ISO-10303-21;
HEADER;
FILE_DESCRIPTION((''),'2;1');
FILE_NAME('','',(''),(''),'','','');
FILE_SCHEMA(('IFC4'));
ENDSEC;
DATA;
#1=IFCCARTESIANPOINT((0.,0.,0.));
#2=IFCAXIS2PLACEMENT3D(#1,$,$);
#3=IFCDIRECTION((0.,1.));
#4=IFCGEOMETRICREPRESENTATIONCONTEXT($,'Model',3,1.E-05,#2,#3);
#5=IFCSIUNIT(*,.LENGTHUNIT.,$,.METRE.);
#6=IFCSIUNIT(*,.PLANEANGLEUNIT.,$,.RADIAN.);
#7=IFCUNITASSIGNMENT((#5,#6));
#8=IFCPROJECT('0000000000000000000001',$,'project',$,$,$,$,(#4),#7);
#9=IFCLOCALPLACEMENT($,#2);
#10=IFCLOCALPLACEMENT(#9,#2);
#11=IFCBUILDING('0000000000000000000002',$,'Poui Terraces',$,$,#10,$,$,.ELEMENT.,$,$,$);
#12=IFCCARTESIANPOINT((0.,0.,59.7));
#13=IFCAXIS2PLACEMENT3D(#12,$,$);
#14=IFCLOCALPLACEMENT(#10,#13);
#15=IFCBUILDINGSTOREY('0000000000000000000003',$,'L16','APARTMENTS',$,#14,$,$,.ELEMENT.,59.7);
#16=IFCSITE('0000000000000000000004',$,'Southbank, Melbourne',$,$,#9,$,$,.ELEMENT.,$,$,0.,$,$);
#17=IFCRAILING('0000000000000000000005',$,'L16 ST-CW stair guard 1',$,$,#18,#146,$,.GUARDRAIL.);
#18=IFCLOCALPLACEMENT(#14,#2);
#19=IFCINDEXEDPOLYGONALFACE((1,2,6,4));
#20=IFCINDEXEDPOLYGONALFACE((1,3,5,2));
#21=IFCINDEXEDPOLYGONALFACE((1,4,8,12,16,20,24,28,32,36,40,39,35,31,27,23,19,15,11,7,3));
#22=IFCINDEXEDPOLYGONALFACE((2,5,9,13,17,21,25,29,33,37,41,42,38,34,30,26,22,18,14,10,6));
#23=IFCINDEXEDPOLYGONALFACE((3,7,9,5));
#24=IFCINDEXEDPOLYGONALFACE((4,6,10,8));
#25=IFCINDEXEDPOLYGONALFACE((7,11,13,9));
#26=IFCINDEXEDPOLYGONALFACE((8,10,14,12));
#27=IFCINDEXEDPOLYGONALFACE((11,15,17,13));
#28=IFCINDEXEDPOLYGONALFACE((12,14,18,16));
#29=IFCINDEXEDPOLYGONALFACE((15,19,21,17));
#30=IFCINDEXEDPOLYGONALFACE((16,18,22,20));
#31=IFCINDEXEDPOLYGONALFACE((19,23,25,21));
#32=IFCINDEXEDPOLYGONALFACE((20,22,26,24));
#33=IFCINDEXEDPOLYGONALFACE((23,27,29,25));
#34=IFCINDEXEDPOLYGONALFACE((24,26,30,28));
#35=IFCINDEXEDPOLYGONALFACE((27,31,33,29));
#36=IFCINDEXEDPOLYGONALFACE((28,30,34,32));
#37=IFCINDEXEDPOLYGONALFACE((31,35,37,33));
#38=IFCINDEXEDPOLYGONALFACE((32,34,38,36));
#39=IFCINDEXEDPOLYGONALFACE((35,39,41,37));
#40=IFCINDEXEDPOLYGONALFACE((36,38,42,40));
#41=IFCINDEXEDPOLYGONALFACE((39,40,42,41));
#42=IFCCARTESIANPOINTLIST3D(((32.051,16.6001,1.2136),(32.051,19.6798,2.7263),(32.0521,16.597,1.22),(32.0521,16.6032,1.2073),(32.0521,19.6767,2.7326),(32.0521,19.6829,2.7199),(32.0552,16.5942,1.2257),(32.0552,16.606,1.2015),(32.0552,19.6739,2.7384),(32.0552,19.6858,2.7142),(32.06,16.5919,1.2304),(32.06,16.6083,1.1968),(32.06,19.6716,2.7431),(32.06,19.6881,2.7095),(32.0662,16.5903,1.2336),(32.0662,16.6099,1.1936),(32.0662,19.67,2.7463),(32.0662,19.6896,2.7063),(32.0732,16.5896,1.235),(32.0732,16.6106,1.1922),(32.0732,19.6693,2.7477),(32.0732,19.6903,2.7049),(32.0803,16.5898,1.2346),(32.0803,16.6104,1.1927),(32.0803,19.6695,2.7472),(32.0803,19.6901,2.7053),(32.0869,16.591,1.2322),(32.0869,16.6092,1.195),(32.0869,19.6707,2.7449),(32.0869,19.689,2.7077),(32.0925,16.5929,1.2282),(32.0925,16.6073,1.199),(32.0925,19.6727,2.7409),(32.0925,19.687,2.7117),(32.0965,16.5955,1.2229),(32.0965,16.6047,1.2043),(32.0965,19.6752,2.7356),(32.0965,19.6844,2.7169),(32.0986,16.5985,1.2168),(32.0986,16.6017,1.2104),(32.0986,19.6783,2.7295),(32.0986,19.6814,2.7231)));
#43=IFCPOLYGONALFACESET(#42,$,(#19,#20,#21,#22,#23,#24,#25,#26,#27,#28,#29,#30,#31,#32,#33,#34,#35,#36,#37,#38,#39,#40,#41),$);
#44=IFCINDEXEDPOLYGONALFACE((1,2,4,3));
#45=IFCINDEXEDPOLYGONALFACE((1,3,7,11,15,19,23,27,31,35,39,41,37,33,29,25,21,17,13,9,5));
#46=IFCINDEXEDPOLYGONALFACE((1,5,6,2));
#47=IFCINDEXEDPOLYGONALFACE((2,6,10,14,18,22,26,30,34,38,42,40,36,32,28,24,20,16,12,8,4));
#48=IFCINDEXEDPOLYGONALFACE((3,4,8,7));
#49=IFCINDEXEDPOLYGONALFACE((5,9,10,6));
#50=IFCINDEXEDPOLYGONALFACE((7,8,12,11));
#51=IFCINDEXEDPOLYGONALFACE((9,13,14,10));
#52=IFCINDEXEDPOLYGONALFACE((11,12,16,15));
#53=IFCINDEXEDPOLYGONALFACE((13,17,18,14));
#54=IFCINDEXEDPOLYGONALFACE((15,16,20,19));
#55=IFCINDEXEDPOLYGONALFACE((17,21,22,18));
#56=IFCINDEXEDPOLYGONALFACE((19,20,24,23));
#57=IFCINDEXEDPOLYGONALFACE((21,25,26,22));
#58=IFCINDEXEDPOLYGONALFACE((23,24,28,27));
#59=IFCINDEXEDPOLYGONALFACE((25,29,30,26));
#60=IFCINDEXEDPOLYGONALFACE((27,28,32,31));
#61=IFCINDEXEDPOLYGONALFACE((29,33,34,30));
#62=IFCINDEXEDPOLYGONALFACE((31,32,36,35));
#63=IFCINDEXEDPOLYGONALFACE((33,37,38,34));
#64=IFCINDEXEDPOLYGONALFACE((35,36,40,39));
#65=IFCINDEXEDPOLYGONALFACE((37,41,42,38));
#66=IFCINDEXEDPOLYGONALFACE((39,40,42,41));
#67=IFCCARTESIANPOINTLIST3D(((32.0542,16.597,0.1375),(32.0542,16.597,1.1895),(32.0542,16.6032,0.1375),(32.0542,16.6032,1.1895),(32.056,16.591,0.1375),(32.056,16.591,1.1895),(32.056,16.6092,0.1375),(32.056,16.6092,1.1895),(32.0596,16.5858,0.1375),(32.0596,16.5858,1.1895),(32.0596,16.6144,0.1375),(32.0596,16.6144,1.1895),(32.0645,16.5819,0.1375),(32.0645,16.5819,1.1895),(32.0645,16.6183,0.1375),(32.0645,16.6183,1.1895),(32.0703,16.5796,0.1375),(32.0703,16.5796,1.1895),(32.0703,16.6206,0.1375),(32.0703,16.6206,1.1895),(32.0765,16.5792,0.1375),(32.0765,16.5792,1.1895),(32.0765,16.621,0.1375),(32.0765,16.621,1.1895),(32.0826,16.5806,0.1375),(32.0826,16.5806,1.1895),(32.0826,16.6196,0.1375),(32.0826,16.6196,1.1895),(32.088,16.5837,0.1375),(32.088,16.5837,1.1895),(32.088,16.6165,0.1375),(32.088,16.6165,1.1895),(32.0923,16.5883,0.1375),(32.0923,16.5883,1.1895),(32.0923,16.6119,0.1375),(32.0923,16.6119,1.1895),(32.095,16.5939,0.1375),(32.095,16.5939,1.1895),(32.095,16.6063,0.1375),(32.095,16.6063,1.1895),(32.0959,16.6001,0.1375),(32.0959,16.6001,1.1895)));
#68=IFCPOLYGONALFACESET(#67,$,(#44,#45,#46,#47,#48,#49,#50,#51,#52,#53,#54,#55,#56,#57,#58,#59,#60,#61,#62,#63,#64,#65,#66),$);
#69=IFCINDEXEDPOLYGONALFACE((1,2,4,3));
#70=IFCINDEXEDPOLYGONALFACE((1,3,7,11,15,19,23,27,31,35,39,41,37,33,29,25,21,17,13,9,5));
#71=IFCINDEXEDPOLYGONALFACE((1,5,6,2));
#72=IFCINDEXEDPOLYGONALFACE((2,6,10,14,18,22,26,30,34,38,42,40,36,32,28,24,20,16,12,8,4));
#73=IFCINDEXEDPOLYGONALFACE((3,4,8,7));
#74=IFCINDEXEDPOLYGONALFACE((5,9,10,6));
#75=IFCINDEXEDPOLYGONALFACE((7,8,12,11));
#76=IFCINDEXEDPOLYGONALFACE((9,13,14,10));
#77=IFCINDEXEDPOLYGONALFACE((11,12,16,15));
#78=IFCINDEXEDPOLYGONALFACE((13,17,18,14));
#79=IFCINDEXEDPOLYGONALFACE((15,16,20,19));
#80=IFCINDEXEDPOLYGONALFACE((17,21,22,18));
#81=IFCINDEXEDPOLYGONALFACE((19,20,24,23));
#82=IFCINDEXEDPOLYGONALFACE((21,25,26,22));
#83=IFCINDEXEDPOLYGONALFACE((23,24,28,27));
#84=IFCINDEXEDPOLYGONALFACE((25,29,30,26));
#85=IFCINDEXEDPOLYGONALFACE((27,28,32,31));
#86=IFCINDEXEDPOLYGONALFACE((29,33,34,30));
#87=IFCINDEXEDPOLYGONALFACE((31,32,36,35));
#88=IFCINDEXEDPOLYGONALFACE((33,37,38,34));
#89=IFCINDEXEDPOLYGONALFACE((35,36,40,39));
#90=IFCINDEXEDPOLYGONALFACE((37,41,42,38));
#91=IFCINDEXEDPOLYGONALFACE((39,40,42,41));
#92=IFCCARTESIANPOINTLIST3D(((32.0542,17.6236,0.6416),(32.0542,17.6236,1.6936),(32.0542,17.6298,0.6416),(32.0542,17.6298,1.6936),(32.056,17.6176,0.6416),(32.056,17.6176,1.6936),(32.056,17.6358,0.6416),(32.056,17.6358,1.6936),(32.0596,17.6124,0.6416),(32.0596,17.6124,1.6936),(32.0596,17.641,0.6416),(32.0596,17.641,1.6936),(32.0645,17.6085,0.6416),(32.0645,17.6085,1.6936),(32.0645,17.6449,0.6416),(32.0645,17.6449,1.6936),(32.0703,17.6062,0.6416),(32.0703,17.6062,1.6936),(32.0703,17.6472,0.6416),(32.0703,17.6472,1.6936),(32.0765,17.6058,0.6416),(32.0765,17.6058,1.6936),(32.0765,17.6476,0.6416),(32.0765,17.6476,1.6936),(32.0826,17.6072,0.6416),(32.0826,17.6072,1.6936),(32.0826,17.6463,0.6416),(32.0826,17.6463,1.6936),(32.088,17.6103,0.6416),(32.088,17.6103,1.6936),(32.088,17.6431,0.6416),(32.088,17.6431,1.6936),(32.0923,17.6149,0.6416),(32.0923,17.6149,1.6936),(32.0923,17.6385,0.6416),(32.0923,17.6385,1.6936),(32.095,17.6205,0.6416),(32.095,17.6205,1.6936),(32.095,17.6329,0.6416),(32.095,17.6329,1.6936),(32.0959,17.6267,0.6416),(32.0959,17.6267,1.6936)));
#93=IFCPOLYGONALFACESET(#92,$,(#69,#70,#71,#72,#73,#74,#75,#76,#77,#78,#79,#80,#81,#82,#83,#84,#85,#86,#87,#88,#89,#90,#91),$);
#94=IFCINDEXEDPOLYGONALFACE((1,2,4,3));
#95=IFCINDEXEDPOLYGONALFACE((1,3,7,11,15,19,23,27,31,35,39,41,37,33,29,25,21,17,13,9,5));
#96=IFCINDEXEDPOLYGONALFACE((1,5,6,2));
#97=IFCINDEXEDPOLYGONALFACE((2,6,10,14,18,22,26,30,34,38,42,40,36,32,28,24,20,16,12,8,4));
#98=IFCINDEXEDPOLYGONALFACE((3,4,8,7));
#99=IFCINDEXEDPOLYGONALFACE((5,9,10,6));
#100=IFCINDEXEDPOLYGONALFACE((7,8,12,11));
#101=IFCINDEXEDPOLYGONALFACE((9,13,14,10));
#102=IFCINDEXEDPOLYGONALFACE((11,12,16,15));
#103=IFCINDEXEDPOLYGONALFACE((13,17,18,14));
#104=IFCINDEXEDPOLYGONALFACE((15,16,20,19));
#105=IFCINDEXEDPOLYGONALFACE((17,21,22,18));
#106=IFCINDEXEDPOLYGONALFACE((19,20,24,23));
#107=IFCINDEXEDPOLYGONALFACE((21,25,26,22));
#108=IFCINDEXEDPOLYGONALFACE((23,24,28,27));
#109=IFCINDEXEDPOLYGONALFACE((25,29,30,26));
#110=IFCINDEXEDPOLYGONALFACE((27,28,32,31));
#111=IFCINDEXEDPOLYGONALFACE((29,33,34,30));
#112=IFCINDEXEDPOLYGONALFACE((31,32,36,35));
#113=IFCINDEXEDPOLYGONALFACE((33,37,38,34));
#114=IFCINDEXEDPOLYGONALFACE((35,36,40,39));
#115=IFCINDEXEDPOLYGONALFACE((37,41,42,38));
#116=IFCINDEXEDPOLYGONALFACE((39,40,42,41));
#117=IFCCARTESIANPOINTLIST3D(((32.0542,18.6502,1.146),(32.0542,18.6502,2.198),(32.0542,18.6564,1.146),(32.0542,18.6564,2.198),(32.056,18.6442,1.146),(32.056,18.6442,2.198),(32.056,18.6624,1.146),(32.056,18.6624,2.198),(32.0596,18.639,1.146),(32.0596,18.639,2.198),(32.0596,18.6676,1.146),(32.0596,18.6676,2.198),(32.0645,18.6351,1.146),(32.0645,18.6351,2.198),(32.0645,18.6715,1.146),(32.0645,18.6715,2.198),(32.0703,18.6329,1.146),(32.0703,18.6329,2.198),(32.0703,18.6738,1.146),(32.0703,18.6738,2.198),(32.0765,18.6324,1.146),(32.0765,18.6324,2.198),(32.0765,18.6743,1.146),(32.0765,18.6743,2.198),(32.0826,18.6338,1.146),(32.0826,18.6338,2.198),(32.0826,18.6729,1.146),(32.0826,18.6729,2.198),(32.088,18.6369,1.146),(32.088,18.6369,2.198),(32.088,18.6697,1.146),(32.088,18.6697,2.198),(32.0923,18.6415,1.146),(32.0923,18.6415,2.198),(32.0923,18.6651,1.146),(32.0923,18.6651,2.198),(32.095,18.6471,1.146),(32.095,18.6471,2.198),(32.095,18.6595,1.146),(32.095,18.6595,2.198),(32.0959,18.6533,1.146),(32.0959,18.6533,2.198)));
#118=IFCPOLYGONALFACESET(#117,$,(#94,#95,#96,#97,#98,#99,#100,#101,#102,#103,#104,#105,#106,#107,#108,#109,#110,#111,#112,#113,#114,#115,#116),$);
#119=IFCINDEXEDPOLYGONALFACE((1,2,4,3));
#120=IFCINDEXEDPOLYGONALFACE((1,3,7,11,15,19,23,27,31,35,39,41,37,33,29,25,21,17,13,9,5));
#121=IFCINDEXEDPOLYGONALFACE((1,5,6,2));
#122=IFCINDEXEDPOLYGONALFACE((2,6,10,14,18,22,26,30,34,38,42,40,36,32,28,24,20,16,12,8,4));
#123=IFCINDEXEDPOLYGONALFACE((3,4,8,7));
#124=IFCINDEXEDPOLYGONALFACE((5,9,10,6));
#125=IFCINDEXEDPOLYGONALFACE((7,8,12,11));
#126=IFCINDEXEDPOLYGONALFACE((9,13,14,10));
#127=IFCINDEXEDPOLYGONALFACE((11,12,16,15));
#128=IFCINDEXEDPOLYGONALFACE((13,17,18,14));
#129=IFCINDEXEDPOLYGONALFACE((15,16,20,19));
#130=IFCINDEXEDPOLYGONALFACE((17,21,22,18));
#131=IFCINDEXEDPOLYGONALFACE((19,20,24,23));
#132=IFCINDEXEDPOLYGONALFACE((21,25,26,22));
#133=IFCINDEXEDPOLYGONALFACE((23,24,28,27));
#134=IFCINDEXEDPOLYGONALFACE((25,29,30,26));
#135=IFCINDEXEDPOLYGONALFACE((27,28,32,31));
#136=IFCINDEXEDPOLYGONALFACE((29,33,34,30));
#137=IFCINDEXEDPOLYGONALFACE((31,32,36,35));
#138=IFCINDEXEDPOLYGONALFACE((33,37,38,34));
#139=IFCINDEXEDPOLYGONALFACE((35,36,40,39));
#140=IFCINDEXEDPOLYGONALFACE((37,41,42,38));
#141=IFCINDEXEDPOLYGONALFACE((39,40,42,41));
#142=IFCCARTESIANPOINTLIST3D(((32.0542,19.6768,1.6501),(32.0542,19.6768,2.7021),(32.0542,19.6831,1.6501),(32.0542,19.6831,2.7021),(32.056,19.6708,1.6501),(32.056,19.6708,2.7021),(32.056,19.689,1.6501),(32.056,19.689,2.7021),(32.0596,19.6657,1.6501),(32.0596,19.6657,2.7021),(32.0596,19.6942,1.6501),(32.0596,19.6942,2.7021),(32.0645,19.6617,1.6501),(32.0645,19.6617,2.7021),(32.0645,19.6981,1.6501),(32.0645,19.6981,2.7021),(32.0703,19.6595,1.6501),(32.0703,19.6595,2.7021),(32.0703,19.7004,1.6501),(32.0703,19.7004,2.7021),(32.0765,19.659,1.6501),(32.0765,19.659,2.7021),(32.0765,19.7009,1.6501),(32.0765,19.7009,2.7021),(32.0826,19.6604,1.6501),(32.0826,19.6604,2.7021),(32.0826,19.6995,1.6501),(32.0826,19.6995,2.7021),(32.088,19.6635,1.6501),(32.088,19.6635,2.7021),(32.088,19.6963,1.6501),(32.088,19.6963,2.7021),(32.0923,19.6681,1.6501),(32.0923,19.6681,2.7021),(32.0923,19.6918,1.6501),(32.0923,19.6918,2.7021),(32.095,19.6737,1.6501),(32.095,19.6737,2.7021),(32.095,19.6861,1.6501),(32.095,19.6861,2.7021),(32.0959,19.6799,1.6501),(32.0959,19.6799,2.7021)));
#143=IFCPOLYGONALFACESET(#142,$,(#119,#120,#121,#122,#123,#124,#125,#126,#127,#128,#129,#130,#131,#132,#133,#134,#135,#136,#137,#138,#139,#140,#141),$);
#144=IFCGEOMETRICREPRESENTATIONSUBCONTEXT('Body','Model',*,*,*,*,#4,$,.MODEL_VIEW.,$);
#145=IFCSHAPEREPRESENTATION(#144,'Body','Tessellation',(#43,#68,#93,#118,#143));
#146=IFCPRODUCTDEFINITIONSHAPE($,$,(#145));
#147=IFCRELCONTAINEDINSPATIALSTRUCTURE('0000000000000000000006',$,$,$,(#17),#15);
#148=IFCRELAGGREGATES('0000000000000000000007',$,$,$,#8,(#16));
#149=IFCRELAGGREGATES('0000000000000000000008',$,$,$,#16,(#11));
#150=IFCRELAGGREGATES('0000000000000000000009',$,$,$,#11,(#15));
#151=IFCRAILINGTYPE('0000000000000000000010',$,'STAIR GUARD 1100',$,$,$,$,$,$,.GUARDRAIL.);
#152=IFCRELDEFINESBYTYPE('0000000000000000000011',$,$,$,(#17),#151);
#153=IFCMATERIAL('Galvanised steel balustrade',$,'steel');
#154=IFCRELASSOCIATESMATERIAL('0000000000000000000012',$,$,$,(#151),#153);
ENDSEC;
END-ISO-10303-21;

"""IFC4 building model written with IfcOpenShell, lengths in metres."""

from ifc_helpers import new_model, si_unit, direction, frame, origin, origin_2d, place, context, subcontext, project, spatial, circle, extrude, material, type_object, element, save


model = new_model("IFC4")

# Units and contexts
model_context = context("Model", 3, precision=1e-05, world=origin(), true_north=direction((0.0, 1.0)))
body_context = subcontext(model_context, "Body", "Model", "MODEL_VIEW")
ifc_project = project(units=[si_unit("LENGTHUNIT", "METRE"), si_unit("PLANEANGLEUNIT", "RADIAN")], contexts=[model_context])

# Site, building, storey
site_placement = place(None, origin())
site = spatial("IfcSite", under=ifc_project, at=site_placement, Name="Southbank, Melbourne", CompositionType="ELEMENT", RefElevation=0.0)
building_placement = place(site_placement, origin())
building = spatial("IfcBuilding", under=site, at=building_placement, Name="Poui Terraces", CompositionType="ELEMENT")
storey_placement = place(building_placement, frame((0.0, 0.0, 59.7)))
storey = spatial("IfcBuildingStorey", under=building, at=storey_placement, Name="L16", Description="APARTMENTS", CompositionType="ELEMENT", Elevation=59.7)

# Railing
ifc_material_1 = material(Name="Galvanised steel balustrade", Category="steel")
railing_type_1 = type_object("IfcRailingType", Name="STAIR GUARD 1100", PredefinedType="GUARDRAIL", material=ifc_material_1)
railing_1_placement = place(storey_placement, frame((32.075, 16.6001, 0.1375)))
element("IfcRailing", 1, at=railing_1_placement, inside=storey, type_object=railing_type_1, Name="L16 ST-CW stair guard 1", PredefinedType="GUARDRAIL", context=body_context, shape_type="SweptSolid", body=[
    extrude(circle(Radius=0.0239, at=origin_2d()), frame((0.0, 0.0, 1.0762), z_axis=(0.0, 0.897578, 0.440856), x_axis=(-1.0, 0.0, 0.0)), (0.0, 0.0, 1.0), 3.4312),
    extrude(circle(Radius=0.021, at=origin_2d()), origin(), (0.0, 0.0, 1.0), 1.052),
    extrude(circle(Radius=0.021, at=origin_2d()), frame((0.0, 1.0266, 0.5042)), (0.0, 0.0, 1.0), 1.052),
    extrude(circle(Radius=0.021, at=origin_2d()), frame((0.0, 2.0532, 1.0085)), (0.0, 0.0, 1.0), 1.052),
    extrude(circle(Radius=0.021, at=origin_2d()), frame((0.0, 3.0798, 1.5127)), (0.0, 0.0, 1.0), 1.052),
])

save(model, "model.ifc")
